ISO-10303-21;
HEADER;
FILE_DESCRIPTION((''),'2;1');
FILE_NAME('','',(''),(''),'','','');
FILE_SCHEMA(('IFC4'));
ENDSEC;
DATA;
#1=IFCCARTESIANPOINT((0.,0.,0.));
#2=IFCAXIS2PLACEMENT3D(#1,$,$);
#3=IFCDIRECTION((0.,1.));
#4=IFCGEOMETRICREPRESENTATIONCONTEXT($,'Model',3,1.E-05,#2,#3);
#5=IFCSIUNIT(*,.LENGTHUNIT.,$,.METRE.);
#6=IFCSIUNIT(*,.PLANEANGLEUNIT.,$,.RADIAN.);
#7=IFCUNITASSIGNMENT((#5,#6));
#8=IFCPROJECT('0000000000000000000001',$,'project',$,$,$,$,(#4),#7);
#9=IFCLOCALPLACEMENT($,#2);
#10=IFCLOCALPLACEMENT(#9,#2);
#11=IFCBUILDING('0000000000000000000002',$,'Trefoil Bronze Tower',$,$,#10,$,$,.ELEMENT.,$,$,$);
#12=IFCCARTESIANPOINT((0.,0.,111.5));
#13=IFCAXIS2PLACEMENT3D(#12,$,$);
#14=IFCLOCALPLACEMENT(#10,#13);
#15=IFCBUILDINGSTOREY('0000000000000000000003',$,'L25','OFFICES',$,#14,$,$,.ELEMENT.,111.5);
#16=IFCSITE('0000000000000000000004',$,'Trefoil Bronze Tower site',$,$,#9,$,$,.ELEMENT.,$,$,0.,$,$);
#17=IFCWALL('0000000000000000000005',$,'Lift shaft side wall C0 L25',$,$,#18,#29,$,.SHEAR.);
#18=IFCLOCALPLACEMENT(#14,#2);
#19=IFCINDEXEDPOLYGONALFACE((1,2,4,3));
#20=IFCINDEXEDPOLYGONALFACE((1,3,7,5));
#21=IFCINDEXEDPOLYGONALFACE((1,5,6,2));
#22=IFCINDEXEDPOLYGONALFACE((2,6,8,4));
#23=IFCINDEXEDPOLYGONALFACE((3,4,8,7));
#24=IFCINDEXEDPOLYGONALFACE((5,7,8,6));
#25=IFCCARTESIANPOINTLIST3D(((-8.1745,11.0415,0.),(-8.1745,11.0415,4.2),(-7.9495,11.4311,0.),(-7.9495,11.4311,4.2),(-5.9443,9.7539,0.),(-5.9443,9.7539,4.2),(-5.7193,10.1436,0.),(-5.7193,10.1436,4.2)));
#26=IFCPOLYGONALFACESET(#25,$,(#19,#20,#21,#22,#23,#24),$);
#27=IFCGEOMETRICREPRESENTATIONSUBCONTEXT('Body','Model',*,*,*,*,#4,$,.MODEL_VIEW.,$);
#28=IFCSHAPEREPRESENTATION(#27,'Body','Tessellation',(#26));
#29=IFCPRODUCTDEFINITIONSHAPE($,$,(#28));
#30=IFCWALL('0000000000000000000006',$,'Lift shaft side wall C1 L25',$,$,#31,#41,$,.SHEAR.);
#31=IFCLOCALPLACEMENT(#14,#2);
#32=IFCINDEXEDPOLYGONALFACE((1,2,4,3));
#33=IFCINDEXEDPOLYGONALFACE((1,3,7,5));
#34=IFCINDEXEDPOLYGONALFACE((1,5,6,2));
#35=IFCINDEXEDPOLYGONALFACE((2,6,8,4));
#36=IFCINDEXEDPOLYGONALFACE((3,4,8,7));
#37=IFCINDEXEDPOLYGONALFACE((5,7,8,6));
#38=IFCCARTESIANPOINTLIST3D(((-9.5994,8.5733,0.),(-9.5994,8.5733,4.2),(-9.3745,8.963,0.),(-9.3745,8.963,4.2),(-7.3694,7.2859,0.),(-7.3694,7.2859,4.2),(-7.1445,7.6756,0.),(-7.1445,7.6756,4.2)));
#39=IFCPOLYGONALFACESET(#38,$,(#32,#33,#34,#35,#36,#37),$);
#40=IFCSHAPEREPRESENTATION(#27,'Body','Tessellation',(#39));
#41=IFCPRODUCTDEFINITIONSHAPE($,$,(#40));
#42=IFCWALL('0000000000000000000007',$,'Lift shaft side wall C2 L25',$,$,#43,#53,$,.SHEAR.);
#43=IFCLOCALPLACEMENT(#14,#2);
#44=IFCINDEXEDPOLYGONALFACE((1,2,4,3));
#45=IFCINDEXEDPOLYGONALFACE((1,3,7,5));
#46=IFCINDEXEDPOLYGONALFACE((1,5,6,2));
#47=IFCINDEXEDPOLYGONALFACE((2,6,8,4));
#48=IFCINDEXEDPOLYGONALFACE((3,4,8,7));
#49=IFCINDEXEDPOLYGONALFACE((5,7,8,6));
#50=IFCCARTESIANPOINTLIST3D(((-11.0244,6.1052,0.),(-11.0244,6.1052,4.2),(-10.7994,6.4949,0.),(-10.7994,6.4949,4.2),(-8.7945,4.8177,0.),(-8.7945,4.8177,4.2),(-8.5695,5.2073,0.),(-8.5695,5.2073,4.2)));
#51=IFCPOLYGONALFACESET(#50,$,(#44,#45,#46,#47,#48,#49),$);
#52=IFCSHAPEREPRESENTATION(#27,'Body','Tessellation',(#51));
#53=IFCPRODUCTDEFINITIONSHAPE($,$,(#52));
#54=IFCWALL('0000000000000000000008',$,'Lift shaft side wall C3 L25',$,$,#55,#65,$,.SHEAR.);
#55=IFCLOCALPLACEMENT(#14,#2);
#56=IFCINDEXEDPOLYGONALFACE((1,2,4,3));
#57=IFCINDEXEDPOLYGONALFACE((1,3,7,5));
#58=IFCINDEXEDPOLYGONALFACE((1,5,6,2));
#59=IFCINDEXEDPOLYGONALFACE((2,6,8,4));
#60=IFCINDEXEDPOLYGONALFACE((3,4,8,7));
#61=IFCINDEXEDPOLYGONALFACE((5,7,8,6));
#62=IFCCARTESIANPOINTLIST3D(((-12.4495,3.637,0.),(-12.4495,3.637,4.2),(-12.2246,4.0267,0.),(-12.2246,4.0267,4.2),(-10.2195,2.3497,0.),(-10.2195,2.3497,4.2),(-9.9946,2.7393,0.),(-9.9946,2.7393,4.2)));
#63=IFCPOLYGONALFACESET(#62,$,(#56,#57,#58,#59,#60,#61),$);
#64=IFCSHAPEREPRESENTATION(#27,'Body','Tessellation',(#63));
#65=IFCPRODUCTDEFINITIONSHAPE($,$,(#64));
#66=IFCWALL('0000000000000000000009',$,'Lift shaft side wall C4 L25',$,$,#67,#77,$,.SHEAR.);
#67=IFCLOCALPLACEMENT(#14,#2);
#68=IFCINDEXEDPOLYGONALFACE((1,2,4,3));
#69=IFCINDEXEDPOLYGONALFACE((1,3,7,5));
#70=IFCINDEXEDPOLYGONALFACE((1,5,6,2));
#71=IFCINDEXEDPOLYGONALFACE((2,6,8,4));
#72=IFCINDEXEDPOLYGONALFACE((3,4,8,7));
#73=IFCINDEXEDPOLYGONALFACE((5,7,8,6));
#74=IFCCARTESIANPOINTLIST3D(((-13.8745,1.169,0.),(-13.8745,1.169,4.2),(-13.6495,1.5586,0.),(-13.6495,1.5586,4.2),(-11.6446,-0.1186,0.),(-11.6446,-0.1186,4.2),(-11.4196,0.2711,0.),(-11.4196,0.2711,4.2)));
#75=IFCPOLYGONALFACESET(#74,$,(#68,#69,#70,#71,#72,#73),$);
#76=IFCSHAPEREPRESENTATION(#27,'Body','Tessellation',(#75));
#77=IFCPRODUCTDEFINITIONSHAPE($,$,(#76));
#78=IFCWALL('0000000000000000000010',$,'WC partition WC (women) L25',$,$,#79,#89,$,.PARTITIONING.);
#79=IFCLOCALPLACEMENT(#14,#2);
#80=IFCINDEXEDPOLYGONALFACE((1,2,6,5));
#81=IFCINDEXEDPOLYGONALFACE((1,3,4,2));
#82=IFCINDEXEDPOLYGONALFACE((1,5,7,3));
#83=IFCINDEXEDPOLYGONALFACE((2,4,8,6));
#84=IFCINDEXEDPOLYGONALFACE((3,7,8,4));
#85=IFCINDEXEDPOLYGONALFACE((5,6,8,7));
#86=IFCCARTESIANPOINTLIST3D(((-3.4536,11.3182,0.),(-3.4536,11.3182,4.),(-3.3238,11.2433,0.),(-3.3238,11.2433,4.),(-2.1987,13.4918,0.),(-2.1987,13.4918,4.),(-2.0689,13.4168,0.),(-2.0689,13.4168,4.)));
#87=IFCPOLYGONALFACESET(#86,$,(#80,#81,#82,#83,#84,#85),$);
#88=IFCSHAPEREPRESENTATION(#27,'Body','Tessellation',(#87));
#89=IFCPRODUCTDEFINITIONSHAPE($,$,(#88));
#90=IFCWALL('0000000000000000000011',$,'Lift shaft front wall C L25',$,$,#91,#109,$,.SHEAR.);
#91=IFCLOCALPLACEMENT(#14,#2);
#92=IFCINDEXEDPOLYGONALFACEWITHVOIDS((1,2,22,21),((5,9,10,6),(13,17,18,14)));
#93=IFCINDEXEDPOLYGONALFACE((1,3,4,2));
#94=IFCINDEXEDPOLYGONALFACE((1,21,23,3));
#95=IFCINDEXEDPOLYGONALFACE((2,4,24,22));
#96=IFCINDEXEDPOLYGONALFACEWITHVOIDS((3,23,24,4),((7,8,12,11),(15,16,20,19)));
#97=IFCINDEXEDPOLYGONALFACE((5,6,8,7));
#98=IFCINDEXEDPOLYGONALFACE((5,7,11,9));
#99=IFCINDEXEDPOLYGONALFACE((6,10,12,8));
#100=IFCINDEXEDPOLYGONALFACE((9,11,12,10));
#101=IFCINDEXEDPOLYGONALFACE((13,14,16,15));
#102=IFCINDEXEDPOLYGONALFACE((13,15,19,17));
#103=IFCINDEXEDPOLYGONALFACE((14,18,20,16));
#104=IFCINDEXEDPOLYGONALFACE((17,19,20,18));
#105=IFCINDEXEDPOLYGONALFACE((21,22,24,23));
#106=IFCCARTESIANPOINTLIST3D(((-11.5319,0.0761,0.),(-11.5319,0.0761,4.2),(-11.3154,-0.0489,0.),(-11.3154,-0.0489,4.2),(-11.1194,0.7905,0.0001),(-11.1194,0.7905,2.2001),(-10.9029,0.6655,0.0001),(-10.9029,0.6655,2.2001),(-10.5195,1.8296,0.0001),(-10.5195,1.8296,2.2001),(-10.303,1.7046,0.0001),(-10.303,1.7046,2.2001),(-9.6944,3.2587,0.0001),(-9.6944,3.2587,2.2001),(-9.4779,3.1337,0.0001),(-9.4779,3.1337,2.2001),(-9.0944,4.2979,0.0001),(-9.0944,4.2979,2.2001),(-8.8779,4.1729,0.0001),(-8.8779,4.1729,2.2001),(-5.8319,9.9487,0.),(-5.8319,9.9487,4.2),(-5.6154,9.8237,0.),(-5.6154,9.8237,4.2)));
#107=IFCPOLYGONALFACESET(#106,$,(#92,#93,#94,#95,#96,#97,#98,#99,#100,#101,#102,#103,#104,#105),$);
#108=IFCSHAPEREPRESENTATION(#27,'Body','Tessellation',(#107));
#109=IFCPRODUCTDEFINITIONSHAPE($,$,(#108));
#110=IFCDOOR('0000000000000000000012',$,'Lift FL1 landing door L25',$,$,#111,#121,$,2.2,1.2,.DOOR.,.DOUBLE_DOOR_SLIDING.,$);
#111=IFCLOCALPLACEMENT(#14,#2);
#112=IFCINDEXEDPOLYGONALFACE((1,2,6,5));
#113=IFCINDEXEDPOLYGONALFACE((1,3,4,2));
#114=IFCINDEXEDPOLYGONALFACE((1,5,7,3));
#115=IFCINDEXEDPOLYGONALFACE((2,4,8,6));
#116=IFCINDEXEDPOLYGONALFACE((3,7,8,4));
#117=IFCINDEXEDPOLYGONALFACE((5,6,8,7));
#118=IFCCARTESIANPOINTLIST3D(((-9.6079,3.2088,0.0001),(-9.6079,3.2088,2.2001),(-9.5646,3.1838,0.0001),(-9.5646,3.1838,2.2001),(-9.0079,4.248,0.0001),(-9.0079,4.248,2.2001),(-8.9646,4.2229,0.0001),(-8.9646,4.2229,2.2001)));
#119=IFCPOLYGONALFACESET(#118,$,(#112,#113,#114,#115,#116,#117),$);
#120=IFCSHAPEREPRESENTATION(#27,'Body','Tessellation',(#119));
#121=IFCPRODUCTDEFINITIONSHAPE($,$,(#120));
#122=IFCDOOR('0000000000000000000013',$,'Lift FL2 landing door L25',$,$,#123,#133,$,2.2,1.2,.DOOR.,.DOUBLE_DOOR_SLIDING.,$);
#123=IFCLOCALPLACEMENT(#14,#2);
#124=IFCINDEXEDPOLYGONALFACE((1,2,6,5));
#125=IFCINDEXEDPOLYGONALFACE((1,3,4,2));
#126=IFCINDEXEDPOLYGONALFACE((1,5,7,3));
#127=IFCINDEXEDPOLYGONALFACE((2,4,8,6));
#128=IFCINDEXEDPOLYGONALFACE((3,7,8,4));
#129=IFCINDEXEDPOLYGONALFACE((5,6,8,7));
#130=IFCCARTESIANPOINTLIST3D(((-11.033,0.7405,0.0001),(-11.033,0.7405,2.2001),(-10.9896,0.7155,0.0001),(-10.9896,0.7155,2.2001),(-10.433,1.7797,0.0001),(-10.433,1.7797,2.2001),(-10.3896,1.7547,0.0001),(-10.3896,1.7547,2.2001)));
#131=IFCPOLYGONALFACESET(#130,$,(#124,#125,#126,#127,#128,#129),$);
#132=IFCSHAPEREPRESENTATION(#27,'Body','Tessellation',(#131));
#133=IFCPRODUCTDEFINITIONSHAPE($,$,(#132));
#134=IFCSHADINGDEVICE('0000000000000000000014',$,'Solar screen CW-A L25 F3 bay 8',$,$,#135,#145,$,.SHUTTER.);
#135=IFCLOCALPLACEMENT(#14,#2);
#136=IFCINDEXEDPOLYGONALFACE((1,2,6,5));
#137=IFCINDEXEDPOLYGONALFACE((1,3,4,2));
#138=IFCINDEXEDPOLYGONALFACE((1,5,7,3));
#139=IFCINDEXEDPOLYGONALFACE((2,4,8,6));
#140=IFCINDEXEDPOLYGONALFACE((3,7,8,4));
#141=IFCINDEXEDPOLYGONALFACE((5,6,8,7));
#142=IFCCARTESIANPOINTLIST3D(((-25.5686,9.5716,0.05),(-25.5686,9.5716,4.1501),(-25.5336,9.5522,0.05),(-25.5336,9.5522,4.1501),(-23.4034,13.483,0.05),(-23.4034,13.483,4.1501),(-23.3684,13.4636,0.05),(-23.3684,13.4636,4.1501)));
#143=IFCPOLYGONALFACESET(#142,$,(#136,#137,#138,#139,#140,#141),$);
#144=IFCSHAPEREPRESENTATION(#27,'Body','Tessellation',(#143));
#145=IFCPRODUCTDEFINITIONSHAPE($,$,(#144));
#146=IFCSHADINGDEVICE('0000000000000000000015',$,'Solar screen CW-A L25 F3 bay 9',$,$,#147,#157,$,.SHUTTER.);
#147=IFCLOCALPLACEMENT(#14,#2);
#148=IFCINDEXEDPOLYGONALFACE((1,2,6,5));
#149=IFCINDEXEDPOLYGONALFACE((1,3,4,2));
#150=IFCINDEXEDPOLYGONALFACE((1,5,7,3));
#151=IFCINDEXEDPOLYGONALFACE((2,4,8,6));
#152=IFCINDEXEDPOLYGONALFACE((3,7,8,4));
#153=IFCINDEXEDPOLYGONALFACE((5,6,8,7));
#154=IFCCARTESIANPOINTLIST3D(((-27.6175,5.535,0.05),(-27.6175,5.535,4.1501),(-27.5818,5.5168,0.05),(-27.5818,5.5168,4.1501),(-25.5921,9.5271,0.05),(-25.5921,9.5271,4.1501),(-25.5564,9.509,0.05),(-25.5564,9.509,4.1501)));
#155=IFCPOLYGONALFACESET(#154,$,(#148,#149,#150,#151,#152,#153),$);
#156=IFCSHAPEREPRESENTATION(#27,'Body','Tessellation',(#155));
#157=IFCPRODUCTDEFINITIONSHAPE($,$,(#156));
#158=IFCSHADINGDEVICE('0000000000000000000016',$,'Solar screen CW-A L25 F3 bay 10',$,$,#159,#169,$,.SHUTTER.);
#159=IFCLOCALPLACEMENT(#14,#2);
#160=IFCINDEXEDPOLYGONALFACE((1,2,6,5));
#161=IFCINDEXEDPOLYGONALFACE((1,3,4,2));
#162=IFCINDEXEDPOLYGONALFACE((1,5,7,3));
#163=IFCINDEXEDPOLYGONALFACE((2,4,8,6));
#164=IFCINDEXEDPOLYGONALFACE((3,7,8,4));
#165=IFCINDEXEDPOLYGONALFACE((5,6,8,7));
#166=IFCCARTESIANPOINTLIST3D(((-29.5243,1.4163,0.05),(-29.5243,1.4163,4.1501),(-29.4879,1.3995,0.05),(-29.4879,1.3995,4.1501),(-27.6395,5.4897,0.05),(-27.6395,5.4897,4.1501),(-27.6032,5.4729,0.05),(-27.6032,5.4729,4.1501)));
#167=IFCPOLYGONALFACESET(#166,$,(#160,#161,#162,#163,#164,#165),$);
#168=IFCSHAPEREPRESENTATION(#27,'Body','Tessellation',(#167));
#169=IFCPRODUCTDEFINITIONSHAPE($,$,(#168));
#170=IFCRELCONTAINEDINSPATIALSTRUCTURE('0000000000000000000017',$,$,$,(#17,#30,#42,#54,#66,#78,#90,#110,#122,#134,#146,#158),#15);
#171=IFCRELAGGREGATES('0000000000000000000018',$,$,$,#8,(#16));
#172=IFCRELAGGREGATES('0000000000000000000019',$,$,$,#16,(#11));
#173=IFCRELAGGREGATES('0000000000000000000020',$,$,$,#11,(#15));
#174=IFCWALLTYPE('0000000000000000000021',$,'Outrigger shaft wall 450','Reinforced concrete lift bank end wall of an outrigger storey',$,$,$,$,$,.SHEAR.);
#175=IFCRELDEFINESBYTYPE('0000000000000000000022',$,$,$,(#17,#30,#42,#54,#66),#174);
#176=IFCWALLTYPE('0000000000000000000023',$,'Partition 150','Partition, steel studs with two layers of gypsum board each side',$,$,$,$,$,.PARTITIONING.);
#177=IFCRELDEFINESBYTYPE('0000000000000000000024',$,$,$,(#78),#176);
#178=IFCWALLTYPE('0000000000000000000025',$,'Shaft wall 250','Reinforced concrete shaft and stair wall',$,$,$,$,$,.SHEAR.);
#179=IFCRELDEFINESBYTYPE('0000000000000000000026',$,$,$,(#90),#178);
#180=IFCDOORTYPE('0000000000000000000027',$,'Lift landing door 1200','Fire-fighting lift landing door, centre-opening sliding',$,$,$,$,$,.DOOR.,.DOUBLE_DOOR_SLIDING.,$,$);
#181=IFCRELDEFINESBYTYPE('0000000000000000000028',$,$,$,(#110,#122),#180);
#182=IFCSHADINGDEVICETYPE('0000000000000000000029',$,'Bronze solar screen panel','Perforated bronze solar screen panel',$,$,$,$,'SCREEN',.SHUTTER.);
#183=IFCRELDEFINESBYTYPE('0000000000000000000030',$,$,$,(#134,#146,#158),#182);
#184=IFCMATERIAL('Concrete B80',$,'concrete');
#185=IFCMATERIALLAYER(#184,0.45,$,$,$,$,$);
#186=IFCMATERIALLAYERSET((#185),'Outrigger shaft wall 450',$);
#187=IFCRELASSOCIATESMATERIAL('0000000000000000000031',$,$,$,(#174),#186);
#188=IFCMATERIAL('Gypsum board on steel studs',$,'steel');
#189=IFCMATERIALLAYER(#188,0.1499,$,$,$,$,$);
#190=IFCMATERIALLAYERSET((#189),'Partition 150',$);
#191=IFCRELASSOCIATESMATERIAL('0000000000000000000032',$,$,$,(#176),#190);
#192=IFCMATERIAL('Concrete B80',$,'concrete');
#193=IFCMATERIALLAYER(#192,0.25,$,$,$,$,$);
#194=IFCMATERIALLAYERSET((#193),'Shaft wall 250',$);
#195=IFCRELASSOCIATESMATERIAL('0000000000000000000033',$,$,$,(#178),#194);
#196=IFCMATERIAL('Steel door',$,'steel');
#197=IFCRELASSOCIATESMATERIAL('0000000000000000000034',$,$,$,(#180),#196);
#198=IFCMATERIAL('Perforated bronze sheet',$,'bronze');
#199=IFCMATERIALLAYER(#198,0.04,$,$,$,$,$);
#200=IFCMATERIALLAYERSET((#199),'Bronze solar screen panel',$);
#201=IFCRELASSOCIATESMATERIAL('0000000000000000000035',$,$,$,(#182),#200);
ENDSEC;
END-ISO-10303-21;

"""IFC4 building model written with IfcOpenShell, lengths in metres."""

from ifc_helpers import new_model, si_unit, direction, frame, frame_2d, origin, origin_2d, place, context, subcontext, project, spatial, rectangle, extrude, material, layer, layer_set, type_object, element, fill, save


model = new_model("IFC4")

# Units and contexts
model_context = context("Model", 3, precision=1e-05, world=origin(), true_north=direction((0.0, 1.0)))
body_context = subcontext(model_context, "Body", "Model", "MODEL_VIEW")
ifc_project = project(units=[si_unit("LENGTHUNIT", "METRE"), si_unit("PLANEANGLEUNIT", "RADIAN")], contexts=[model_context])

# Site, building, storey
site_placement = place(None, origin())
site = spatial("IfcSite", under=ifc_project, at=site_placement, Name="Trefoil Bronze Tower site", CompositionType="ELEMENT", RefElevation=0.0)
building_placement = place(site_placement, origin())
building = spatial("IfcBuilding", under=site, at=building_placement, Name="Trefoil Bronze Tower", CompositionType="ELEMENT")
storey_placement = place(building_placement, frame((0.0, 0.0, 111.5)))
storey = spatial("IfcBuildingStorey", under=building, at=storey_placement, Name="L25", Description="OFFICES", CompositionType="ELEMENT", Elevation=111.5)

# Walls
ifc_material_1 = material(Name="Concrete B80", Category="concrete")
ifc_layer_1 = layer(ifc_material_1, 0.45)
ifc_layer_set_1 = layer_set([ifc_layer_1], Name="Outrigger shaft wall 450")
wall_type_1 = type_object("IfcWallType", Name="Outrigger shaft wall 450", Description="Reinforced concrete lift bank end wall of an outrigger storey", PredefinedType="SHEAR", material=ifc_layer_set_1)
wall_1_placement = place(storey_placement, frame((-5.8318, 9.9487, 0.0), z_axis=(0.0, 0.0, 1.0), x_axis=(-0.866029, 0.499993, 0.0)))
element("IfcWall", 1, at=wall_1_placement, inside=storey, type_object=wall_type_1, Name="Lift shaft side wall C0 L25", PredefinedType="SHEAR", context=body_context, shape_type="SweptSolid", body=[
    extrude(rectangle(XDim=2.5752, YDim=0.45, at=frame_2d((1.2876, 0.0))), origin(), (0.0, 0.0, 1.0), 4.2),
])
for number, where, z_axis, x_axis, name in (
    (2, (-7.2568, 7.4807, 0.0), (0.0, 0.0, 1.0), (-0.866047, 0.499963, 0.0), "Lift shaft side wall C1 L25"),
    (3, (-8.6819, 5.0125, 0.0), (0.0, 0.0, 1.0), (-0.866006, 0.500034, 0.0), "Lift shaft side wall C2 L25"),
    (4, (-10.1069, 2.5444, 0.0), (0.0, 0.0, 1.0), (-0.866047, 0.499963, 0.0), "Lift shaft side wall C3 L25"),
    (5, (-11.532, 0.0762, 0.0), (0.0, 0.0, 1.0), (-0.866006, 0.500034, 0.0), "Lift shaft side wall C4 L25"),
):
    element("IfcWall", number, at=place(storey_placement, frame(where, z_axis=z_axis, x_axis=x_axis)), inside=storey, type_object=wall_type_1, Name=name, PredefinedType="SHEAR", context=body_context, shape_type="SweptSolid", body=[
        extrude(rectangle(XDim=2.575, YDim=0.45, at=frame_2d((1.2876, 0.0))), origin(), (0.0, 0.0, 1.0), 4.2),
    ])
ifc_material_2 = material(Name="Gypsum board on steel studs", Category="steel")
ifc_layer_2 = layer(ifc_material_2, 0.1499)
ifc_layer_set_2 = layer_set([ifc_layer_2], Name="Partition 150")
wall_type_2 = type_object("IfcWallType", Name="Partition 150", Description="Partition, steel studs with two layers of gypsum board each side", PredefinedType="PARTITIONING", material=ifc_layer_set_2)
wall_2_placement = place(storey_placement, frame((-3.3887, 11.2808, 0.0), z_axis=(0.0, 0.0, 1.0), x_axis=(0.499989, 0.866032, 0.0)))
element("IfcWall", 6, at=wall_2_placement, inside=storey, type_object=wall_type_2, Name="WC partition WC (women) L25", PredefinedType="PARTITIONING", context=body_context, shape_type="SweptSolid", body=[
    extrude(rectangle(XDim=2.5098, YDim=0.1499, at=frame_2d((1.2549, 0.0))), origin(), (0.0, 0.0, 1.0), 4.0),
])

# Wall, openings, doors
ifc_material_3 = material(Name="Concrete B80", Category="concrete")
ifc_layer_3 = layer(ifc_material_3, 0.25)
ifc_layer_set_3 = layer_set([ifc_layer_3], Name="Shaft wall 250")
wall_type_3 = type_object("IfcWallType", Name="Shaft wall 250", Description="Reinforced concrete shaft and stair wall", PredefinedType="SHEAR", material=ifc_layer_set_3)
wall_3_placement = place(storey_placement, frame((-5.7236, 9.8862, 0.0), z_axis=(0.0, 0.0, 1.0), x_axis=(-0.500002, -0.866024, 0.0)))
wall_3 = element("IfcWall", 7, at=wall_3_placement, inside=storey, type_object=wall_type_3, Name="Lift shaft front wall C L25", PredefinedType="SHEAR", context=body_context, shape_type="SweptSolid", body=[
    extrude(rectangle(XDim=11.3999, YDim=0.25, at=frame_2d((5.7, 0.0))), origin(), (0.0, 0.0, 1.0), 4.2),
])
opening_1_placement = place(wall_3_placement, frame((6.5249, 0.0, 0.0)))
opening_1 = element("IfcOpeningElement", 8, at=opening_1_placement, cuts=wall_3, PredefinedType="OPENING", context=body_context, shape_type="SweptSolid", body=[
    extrude(rectangle(XDim=1.2, YDim=2.2, at=frame_2d((0.6001, 1.1001))), frame((0.0, 0.135, 0.0), z_axis=(0.0, -1.0, 0.0), x_axis=(1.0, 0.0, 0.0)), (0.0, 0.0, 1.0), 0.27),
])
opening_2_placement = place(wall_3_placement, frame((9.375, 0.0, 0.0)))
opening_2 = element("IfcOpeningElement", 9, at=opening_2_placement, cuts=wall_3, PredefinedType="OPENING", context=body_context, shape_type="SweptSolid", body=[
    extrude(rectangle(XDim=1.2, YDim=2.2, at=frame_2d((0.6001, 1.1001))), frame((0.0, 0.135, 0.0), z_axis=(0.0, -1.0, 0.0), x_axis=(1.0, 0.0, 0.0)), (0.0, 0.0, 1.0), 0.27),
])
ifc_material_4 = material(Name="Steel door", Category="steel")
door_type_1 = type_object("IfcDoorType", Name="Lift landing door 1200", Description="Fire-fighting lift landing door, centre-opening sliding", OperationType="DOUBLE_DOOR_SLIDING", PredefinedType="DOOR", material=ifc_material_4)
door_1_placement = place(opening_1_placement, origin())
door_1 = element("IfcDoor", 10, at=door_1_placement, inside=storey, type_object=door_type_1, Name="Lift FL1 landing door L25", OperationType="DOUBLE_DOOR_SLIDING", OverallHeight=2.2, OverallWidth=1.2, PredefinedType="DOOR", context=body_context, shape_type="SweptSolid", body=[
    extrude(rectangle(XDim=1.2, YDim=2.2, at=frame_2d((0.6001, 1.1001))), frame((0.0, 0.0249, 0.0), z_axis=(0.0, -1.0, 0.0), x_axis=(1.0, 0.0, 0.0)), (0.0, 0.0, 1.0), 0.05),
])
fill(opening_1, door_1)
door_2_placement = place(opening_2_placement, origin())
door_2 = element("IfcDoor", 11, at=door_2_placement, inside=storey, type_object=door_type_1, Name="Lift FL2 landing door L25", OperationType="DOUBLE_DOOR_SLIDING", OverallHeight=2.2, OverallWidth=1.2, PredefinedType="DOOR", context=body_context, shape_type="SweptSolid", body=[
    extrude(rectangle(XDim=1.2, YDim=2.2, at=frame_2d((0.6001, 1.1001))), frame((0.0, 0.0249, 0.0), z_axis=(0.0, -1.0, 0.0), x_axis=(1.0, 0.0, 0.0)), (0.0, 0.0, 1.0), 0.05),
])
fill(opening_2, door_2)

# Shading devices
ifc_material_5 = material(Name="Perforated bronze sheet", Category="bronze")
ifc_layer_4 = layer(ifc_material_5, 0.04)
ifc_layer_set_4 = layer_set([ifc_layer_4], Name="Bronze solar screen panel")
shading_device_type = type_object("IfcShadingDeviceType", Name="Bronze solar screen panel", Description="Perforated bronze solar screen panel", ElementType="SCREEN", PredefinedType="SHUTTER", material=ifc_layer_set_4)
shading_device_1_placement = place(storey_placement, frame((-24.4685, 11.5176, 0.05), z_axis=(0.0, 0.0, 1.0), x_axis=(-0.484312, -0.874895, 0.0)))
element("IfcShadingDevice", 12, at=shading_device_1_placement, inside=storey, type_object=shading_device_type, Name="Solar screen CW-A L25 F3 bay 8", PredefinedType="SHUTTER", context=body_context, shape_type="SweptSolid", body=[
    extrude(rectangle(XDim=4.4707, YDim=0.04, at=origin_2d()), origin(), (0.0, 0.0, 1.0), 4.1001),
])
shading_device_2_placement = place(storey_placement, frame((-26.5869, 7.522, 0.05), z_axis=(0.0, 0.0, 1.0), x_axis=(-0.452449, -0.89179, 0.0)))
element("IfcShadingDevice", 13, at=shading_device_2_placement, inside=storey, type_object=shading_device_type, Name="Solar screen CW-A L25 F3 bay 9", PredefinedType="SHUTTER", context=body_context, shape_type="SweptSolid", body=[
    extrude(rectangle(XDim=4.4766, YDim=0.04, at=origin_2d()), origin(), (0.0, 0.0, 1.0), 4.1001),
])
shading_device_3_placement = place(storey_placement, frame((-28.5637, 3.4446, 0.05), z_axis=(0.0, 0.0, 1.0), x_axis=(-0.419933, -0.907555, 0.0)))
element("IfcShadingDevice", 14, at=shading_device_3_placement, inside=storey, type_object=shading_device_type, Name="Solar screen CW-A L25 F3 bay 10", PredefinedType="SHUTTER", context=body_context, shape_type="SweptSolid", body=[
    extrude(rectangle(XDim=4.4883, YDim=0.04, at=origin_2d()), origin(), (0.0, 0.0, 1.0), 4.1001),
])

save(model, "model.ifc")
